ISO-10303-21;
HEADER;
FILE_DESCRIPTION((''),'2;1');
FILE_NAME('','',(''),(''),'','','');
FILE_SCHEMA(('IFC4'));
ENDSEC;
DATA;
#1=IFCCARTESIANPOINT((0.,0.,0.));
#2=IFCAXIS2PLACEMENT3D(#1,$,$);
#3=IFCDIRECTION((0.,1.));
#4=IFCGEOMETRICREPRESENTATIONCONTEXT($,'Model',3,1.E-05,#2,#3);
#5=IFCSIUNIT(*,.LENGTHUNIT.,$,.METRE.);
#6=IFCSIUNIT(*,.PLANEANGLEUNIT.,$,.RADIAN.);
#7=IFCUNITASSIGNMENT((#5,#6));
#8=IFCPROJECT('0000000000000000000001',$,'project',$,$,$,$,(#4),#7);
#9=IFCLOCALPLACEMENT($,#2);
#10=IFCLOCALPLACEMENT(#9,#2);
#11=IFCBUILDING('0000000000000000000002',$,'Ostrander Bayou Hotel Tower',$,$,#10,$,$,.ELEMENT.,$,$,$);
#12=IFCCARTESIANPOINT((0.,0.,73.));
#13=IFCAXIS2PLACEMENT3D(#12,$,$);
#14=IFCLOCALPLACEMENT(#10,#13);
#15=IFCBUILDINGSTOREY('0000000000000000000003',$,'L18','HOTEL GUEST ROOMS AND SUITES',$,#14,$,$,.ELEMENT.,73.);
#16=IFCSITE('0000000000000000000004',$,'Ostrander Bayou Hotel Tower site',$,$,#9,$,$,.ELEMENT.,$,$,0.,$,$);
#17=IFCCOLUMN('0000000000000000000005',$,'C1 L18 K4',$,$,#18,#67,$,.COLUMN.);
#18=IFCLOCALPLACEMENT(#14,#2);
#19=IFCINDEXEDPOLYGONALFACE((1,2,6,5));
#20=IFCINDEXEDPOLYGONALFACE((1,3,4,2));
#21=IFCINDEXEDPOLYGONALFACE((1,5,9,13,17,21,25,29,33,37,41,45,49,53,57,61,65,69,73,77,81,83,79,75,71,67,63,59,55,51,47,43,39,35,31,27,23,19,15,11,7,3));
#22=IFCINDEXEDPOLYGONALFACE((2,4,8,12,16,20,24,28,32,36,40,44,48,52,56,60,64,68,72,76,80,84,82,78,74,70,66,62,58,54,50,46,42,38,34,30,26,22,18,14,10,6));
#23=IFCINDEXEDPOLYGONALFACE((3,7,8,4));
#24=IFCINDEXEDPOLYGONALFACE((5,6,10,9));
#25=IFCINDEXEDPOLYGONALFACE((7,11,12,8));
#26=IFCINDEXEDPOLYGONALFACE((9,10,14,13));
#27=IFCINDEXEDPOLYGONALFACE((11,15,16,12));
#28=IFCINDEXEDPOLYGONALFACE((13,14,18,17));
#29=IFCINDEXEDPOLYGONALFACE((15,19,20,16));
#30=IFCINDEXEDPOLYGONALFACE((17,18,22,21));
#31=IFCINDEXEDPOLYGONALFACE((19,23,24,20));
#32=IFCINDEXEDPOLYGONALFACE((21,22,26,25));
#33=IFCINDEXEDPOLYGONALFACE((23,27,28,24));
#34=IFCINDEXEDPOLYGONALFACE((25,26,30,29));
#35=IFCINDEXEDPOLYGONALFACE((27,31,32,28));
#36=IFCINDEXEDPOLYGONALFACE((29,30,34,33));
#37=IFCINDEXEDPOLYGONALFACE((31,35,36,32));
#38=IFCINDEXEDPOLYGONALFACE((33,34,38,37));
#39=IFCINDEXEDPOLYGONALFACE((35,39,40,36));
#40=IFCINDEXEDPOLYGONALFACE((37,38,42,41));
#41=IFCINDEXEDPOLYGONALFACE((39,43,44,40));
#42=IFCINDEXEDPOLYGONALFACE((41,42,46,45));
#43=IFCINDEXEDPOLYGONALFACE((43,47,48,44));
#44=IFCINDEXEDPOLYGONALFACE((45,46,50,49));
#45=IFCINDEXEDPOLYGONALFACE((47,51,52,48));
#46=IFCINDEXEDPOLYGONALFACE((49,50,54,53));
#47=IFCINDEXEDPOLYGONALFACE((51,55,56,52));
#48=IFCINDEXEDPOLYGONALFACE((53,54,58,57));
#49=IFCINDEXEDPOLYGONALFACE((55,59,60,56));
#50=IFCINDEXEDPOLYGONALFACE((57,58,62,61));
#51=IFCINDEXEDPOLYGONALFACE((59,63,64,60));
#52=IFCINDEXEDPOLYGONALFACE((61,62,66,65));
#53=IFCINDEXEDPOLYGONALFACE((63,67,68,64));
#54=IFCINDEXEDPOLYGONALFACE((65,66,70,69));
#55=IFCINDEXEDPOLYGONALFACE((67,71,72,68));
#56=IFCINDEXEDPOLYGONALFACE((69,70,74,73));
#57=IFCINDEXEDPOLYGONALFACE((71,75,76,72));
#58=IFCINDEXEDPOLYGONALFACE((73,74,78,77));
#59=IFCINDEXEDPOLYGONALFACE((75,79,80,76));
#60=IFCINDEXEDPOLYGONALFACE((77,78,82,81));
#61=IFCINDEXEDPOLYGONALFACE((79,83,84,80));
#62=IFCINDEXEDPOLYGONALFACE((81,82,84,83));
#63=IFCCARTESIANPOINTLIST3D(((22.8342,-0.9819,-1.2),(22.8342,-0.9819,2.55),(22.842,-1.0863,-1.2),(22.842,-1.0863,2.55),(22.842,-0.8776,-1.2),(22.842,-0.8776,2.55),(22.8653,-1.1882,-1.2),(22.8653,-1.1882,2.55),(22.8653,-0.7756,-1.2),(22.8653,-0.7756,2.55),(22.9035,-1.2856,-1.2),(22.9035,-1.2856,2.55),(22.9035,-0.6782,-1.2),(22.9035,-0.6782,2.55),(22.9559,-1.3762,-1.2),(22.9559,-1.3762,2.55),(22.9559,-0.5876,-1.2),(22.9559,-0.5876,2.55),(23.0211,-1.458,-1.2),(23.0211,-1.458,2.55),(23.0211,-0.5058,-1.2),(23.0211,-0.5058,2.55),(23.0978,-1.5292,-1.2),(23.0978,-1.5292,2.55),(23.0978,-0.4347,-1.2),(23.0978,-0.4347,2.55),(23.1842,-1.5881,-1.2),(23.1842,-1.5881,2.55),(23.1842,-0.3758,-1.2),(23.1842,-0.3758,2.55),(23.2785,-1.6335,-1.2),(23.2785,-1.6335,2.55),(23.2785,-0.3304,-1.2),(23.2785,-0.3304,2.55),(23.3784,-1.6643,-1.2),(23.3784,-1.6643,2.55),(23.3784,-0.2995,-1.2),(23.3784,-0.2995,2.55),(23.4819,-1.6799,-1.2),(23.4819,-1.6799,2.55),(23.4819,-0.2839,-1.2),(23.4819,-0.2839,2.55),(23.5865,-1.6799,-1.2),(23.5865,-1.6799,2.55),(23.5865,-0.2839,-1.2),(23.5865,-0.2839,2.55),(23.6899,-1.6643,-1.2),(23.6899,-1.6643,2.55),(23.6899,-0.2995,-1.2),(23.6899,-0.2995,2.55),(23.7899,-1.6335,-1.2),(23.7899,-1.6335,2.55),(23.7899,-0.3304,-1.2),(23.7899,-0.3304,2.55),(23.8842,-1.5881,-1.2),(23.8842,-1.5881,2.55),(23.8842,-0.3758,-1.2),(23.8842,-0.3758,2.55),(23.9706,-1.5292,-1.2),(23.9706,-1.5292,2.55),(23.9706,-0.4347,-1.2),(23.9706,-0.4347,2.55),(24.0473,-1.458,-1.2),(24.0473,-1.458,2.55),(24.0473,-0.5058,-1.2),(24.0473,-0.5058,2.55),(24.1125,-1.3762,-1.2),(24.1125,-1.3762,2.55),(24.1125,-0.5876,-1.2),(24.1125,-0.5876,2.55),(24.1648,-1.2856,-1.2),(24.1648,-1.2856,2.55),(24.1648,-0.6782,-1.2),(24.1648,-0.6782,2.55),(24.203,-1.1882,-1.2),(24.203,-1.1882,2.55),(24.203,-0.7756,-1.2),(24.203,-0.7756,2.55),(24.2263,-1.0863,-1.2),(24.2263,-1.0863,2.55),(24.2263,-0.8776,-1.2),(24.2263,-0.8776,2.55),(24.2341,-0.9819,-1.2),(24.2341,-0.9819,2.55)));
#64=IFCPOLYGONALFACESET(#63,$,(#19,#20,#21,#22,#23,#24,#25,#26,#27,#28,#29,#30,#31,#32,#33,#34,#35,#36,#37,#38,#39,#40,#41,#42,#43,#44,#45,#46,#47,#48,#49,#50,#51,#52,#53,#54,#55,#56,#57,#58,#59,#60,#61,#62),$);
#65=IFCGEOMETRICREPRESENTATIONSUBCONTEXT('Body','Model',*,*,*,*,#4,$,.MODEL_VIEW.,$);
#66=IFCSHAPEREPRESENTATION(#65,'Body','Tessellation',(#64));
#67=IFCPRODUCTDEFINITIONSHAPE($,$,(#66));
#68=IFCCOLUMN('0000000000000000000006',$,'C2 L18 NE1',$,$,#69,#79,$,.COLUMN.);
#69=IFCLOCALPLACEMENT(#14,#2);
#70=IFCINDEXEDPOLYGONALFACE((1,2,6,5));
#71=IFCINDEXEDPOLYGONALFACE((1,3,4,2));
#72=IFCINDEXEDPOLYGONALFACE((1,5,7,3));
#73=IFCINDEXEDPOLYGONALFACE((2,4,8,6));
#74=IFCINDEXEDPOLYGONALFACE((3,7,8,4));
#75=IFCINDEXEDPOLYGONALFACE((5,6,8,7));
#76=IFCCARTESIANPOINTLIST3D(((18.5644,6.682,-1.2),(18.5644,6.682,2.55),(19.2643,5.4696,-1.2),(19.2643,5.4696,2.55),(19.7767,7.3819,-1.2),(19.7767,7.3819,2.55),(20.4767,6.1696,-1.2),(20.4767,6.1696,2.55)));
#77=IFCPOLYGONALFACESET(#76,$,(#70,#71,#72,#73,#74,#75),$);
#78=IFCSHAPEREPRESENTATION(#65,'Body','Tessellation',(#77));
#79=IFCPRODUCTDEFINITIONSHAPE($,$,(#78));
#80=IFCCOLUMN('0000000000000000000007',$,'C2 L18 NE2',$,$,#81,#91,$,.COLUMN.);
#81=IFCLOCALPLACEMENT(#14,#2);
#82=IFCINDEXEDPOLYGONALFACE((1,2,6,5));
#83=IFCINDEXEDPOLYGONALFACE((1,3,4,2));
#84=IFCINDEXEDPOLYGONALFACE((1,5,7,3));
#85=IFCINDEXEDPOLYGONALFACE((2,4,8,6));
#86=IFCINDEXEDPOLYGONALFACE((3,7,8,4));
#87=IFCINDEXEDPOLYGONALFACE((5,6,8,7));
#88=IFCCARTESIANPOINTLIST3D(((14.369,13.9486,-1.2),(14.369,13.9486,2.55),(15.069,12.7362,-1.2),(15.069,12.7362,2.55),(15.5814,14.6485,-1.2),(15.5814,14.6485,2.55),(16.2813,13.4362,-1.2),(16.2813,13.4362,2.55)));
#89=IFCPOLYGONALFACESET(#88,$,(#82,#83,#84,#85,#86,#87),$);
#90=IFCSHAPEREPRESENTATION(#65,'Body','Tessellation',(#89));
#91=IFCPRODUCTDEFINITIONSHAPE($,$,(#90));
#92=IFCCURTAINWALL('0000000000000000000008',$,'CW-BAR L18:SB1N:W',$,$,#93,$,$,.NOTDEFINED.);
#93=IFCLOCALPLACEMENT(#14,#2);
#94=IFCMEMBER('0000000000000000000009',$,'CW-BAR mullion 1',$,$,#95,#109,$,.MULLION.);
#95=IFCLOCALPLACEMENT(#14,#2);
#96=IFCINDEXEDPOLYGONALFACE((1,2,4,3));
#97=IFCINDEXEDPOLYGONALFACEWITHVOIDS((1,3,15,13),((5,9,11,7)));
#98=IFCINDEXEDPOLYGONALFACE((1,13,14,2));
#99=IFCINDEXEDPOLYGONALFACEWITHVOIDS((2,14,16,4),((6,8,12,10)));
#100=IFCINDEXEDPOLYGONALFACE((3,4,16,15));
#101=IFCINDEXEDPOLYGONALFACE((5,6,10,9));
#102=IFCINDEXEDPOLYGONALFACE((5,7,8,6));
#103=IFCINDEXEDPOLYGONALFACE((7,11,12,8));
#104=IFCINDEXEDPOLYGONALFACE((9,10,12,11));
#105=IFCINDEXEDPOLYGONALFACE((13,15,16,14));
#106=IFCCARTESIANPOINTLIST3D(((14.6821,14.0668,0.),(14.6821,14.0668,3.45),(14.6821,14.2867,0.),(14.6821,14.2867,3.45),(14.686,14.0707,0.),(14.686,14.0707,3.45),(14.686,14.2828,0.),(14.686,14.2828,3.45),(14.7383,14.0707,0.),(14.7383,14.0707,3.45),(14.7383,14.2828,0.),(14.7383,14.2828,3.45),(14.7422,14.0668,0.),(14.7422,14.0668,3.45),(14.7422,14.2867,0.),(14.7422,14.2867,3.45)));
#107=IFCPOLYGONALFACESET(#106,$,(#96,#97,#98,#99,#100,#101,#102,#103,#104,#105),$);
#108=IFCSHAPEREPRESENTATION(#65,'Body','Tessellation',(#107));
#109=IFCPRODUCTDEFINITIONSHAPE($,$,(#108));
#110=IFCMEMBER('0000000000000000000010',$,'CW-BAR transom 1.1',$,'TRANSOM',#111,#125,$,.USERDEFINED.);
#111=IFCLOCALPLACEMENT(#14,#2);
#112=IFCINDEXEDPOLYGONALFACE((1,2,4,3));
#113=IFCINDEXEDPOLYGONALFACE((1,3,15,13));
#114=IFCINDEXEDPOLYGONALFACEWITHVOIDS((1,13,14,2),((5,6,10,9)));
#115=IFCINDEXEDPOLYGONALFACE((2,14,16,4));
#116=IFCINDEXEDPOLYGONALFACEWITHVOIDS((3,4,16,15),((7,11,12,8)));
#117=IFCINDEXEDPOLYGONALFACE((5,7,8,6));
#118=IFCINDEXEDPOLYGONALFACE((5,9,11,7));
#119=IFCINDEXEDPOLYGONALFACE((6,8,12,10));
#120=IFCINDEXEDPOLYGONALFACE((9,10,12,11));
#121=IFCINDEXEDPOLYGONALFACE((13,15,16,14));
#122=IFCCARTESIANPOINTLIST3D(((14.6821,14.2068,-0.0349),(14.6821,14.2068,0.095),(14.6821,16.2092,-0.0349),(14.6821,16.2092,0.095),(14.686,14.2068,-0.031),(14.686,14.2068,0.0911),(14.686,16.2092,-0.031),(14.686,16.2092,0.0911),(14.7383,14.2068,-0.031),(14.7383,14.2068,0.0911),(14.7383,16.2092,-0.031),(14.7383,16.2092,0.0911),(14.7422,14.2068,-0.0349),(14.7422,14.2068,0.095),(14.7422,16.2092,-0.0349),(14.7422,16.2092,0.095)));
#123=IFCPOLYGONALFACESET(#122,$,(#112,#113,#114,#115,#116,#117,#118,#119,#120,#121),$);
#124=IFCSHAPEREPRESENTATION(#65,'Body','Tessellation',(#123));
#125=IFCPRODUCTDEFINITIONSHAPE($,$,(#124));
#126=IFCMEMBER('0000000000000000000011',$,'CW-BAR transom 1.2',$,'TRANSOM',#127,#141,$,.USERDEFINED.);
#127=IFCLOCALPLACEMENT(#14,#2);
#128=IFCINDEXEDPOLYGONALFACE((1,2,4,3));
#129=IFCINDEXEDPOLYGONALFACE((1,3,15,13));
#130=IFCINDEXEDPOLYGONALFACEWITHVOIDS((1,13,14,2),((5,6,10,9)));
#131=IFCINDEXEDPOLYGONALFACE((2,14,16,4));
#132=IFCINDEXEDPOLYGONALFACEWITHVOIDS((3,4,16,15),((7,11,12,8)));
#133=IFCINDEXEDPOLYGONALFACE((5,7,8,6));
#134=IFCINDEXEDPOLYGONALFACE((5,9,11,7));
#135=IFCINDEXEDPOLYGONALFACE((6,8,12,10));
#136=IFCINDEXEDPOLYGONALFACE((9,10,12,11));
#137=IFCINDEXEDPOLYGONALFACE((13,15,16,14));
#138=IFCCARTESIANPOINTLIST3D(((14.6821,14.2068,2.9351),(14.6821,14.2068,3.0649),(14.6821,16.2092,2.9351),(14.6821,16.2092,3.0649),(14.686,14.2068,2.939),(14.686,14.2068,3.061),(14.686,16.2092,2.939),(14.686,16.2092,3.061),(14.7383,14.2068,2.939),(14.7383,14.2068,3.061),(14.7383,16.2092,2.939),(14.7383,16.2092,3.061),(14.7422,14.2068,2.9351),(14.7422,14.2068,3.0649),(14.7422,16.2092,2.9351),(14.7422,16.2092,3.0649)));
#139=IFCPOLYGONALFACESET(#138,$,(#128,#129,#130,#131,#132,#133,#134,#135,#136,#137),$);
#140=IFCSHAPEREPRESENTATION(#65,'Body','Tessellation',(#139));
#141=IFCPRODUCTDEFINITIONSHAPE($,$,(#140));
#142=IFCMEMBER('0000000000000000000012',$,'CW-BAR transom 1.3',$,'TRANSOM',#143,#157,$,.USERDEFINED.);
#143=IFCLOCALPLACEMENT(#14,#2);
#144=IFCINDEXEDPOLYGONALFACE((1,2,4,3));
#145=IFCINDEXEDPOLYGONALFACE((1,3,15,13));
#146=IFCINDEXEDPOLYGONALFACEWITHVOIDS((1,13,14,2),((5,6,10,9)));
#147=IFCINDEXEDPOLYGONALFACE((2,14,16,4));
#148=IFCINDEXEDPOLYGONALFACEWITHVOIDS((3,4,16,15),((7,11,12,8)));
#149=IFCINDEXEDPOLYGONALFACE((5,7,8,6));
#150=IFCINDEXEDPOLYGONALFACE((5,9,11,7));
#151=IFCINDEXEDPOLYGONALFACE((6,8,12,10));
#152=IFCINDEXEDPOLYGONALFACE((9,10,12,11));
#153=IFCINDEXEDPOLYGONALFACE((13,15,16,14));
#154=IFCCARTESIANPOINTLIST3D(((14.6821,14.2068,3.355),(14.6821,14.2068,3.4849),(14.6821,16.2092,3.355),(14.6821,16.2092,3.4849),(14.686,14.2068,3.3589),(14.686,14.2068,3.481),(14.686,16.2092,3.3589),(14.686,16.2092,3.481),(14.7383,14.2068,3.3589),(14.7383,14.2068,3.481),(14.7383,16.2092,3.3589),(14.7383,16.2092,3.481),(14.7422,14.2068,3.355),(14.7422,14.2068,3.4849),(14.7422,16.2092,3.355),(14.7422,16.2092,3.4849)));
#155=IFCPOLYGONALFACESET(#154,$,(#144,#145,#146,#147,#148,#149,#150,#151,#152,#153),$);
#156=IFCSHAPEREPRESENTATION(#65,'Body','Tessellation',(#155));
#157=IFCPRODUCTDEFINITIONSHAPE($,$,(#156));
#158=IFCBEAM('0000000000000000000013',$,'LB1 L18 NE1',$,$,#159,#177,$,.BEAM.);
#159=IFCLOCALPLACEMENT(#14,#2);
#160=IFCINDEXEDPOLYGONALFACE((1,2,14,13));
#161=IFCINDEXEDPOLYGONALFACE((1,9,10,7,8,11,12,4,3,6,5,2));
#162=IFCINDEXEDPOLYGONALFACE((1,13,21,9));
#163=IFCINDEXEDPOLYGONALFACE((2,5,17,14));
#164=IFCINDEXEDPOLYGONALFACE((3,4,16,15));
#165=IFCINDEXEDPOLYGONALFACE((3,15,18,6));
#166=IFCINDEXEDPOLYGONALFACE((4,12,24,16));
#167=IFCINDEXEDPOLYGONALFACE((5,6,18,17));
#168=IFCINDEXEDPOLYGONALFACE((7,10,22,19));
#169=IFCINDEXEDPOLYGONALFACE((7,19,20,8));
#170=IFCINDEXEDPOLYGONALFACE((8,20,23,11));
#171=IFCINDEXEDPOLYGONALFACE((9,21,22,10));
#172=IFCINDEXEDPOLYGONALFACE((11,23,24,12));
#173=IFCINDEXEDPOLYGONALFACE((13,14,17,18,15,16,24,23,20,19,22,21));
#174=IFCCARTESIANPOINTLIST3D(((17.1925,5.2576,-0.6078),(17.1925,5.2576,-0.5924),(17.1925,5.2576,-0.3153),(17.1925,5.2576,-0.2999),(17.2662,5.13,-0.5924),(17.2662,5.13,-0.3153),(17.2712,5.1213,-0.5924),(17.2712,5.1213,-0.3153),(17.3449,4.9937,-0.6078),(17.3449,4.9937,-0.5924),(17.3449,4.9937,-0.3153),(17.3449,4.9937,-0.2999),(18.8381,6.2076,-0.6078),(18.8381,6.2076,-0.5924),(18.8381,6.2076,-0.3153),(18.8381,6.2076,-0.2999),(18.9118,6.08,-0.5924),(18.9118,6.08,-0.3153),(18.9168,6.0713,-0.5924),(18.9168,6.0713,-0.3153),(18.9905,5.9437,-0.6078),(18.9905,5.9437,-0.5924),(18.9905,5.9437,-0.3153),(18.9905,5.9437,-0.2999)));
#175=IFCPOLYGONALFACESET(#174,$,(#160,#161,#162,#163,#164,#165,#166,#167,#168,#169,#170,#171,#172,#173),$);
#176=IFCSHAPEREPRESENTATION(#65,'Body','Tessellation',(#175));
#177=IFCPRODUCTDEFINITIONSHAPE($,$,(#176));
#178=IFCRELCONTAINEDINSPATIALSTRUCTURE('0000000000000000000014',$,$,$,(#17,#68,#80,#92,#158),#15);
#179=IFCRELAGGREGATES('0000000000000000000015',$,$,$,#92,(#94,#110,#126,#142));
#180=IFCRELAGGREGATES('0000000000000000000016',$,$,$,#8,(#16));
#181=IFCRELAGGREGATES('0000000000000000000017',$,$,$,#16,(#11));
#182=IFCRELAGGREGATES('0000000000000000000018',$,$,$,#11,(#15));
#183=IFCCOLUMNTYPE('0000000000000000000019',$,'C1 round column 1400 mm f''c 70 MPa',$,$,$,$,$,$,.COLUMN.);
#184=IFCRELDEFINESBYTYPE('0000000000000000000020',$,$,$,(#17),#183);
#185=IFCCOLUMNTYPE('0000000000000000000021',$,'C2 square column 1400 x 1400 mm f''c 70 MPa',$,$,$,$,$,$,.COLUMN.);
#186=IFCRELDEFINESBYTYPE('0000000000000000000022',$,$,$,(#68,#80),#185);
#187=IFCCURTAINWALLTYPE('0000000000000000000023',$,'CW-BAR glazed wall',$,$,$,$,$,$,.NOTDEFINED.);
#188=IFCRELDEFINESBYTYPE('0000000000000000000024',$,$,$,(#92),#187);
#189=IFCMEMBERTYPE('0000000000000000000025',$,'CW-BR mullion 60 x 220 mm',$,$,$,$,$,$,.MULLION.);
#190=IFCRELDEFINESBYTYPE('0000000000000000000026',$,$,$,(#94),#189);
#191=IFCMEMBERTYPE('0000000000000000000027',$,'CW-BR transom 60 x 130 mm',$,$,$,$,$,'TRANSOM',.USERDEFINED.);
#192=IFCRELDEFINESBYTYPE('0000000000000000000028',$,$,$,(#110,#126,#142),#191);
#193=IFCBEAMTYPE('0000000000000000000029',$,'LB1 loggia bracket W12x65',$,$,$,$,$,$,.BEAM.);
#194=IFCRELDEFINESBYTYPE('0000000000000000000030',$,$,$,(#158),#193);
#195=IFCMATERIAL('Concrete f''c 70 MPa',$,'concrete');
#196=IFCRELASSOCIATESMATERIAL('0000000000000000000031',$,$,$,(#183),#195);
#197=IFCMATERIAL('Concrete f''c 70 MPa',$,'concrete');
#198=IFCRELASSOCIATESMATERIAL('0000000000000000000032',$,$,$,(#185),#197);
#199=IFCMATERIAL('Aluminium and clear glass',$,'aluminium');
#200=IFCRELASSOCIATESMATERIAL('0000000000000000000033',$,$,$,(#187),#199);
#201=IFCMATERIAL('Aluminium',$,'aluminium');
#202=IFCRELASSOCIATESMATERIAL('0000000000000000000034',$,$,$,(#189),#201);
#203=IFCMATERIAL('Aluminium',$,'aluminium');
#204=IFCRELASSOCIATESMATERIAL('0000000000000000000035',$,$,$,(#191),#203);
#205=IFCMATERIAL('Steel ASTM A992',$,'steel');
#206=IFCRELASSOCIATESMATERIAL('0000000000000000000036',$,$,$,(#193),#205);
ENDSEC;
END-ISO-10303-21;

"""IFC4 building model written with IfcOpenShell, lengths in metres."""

from ifc_helpers import new_model, si_unit, direction, frame, origin, origin_2d, place, context, subcontext, project, spatial, rectangle, hollow_rectangle, circle, i_section, extrude, material, material_profile, profile_set, type_object, element, aggregate, save


model = new_model("IFC4")

# Units and contexts
model_context = context("Model", 3, precision=1e-05, world=origin(), true_north=direction((0.0, 1.0)))
body_context = subcontext(model_context, "Body", "Model", "MODEL_VIEW")
ifc_project = project(units=[si_unit("LENGTHUNIT", "METRE"), si_unit("PLANEANGLEUNIT", "RADIAN")], contexts=[model_context])

# Site, building, storey
site_placement = place(None, origin())
site = spatial("IfcSite", under=ifc_project, at=site_placement, Name="Ostrander Bayou Hotel Tower site", CompositionType="ELEMENT", RefElevation=0.0)
building_placement = place(site_placement, origin())
building = spatial("IfcBuilding", under=site, at=building_placement, Name="Ostrander Bayou Hotel Tower", CompositionType="ELEMENT")
storey_placement = place(building_placement, frame((0.0, 0.0, 73.0)))
storey = spatial("IfcBuildingStorey", under=building, at=storey_placement, Name="L18", Description="HOTEL GUEST ROOMS AND SUITES", CompositionType="ELEMENT", Elevation=73.0)

# Columns
ifc_material_1 = material(Name="Concrete f'c 70 MPa", Category="concrete")
ifc_material_profile_1 = material_profile(ifc_material_1, circle(Radius=0.7, at=origin_2d()))
ifc_profile_set_1 = profile_set([ifc_material_profile_1], Name="Concrete f'c 70 MPa")
column_type_1 = type_object("IfcColumnType", Name="C1 round column 1400 mm f'c 70 MPa", PredefinedType="COLUMN", material=ifc_profile_set_1)
column_placement = place(storey_placement, frame((23.5342, -0.9819, -1.2), z_axis=(0.0, 0.0, 1.0), x_axis=(1.0, 0.0, 0.0)))
element("IfcColumn", 1, at=column_placement, inside=storey, type_object=column_type_1, Name="C1 L18 K4", PredefinedType="COLUMN", context=body_context, shape_type="SweptSolid", body=[
    extrude(circle(Radius=0.7, at=origin_2d()), origin(), (0.0, 0.0, 1.0), 3.75),
])
ifc_material_2 = material(Name="Concrete f'c 70 MPa", Category="concrete")
ifc_material_profile_2 = material_profile(ifc_material_2, rectangle(XDim=1.3999, YDim=1.3999, at=origin_2d()))
ifc_profile_set_2 = profile_set([ifc_material_profile_2], Name="Concrete f'c 70 MPa")
column_type_2 = type_object("IfcColumnType", Name="C2 square column 1400 x 1400 mm f'c 70 MPa", PredefinedType="COLUMN", material=ifc_profile_set_2)
for number, where, z_axis, x_axis, name in (
    (2, (19.5205, 6.4258, -1.2), (0.0, 0.0, 1.0), (0.5, -0.866025, 0.0), "C2 L18 NE1"),
    (3, (15.3252, 13.6924, -1.2), (0.0, 0.0, 1.0), (0.5, -0.866025, 0.0), "C2 L18 NE2"),
):
    element("IfcColumn", number, at=place(storey_placement, frame(where, z_axis=z_axis, x_axis=x_axis)), inside=storey, type_object=column_type_2, Name=name, PredefinedType="COLUMN", context=body_context, shape_type="SweptSolid", body=[
        extrude(rectangle(XDim=1.3999, YDim=1.3999, at=origin_2d()), origin(), (0.0, 0.0, 1.0), 3.75),
    ])

# Curtain wall, members
ifc_material_3 = material(Name="Aluminium and clear glass", Category="aluminium")
curtain_wall_type = type_object("IfcCurtainWallType", Name="CW-BAR glazed wall", PredefinedType="NOTDEFINED", material=ifc_material_3)
curtain_wall_placement = place(storey_placement, origin())
curtain_wall = element("IfcCurtainWall", 4, at=curtain_wall_placement, inside=storey, type_object=curtain_wall_type, Name="CW-BAR L18:SB1N:W", PredefinedType="NOTDEFINED")
ifc_material_4 = material(Name="Aluminium", Category="aluminium")
ifc_material_profile_3 = material_profile(ifc_material_4, hollow_rectangle(XDim=0.0601, YDim=0.22, WallThickness=0.0039, at=origin_2d()))
ifc_profile_set_3 = profile_set([ifc_material_profile_3], Name="Aluminium")
member_type_1 = type_object("IfcMemberType", Name="CW-BR mullion 60 x 220 mm", PredefinedType="MULLION", material=ifc_profile_set_3)
member_1_placement = place(storey_placement, frame((14.7122, 14.1768, 0.0), z_axis=(0.0, 0.0, 1.0), x_axis=(-1.0, 0.0, 0.0)))
member_1 = element("IfcMember", 5, at=member_1_placement, type_object=member_type_1, Name="CW-BAR mullion 1", PredefinedType="MULLION", context=body_context, shape_type="SweptSolid", body=[
    extrude(hollow_rectangle(XDim=0.0601, YDim=0.22, WallThickness=0.0039, at=origin_2d()), origin(), (0.0, 0.0, 1.0), 3.45),
])
ifc_material_5 = material(Name="Aluminium", Category="aluminium")
ifc_material_profile_4 = material_profile(ifc_material_5, hollow_rectangle(XDim=0.0601, YDim=0.1299, WallThickness=0.0039, at=origin_2d()))
ifc_profile_set_4 = profile_set([ifc_material_profile_4], Name="Aluminium")
member_type_2 = type_object("IfcMemberType", Name="CW-BR transom 60 x 130 mm", ElementType="TRANSOM", PredefinedType="USERDEFINED", material=ifc_profile_set_4)
member_2_placement = place(storey_placement, frame((14.7122, 14.2068, 0.03), z_axis=(0.0, 1.0, 0.0), x_axis=(-1.0, 0.0, 0.0)))
member_2 = element("IfcMember", 6, at=member_2_placement, type_object=member_type_2, Name="CW-BAR transom 1.1", ObjectType="TRANSOM", PredefinedType="USERDEFINED", context=body_context, shape_type="SweptSolid", body=[
    extrude(hollow_rectangle(XDim=0.0601, YDim=0.1299, WallThickness=0.0039, at=origin_2d()), origin(), (0.0, 0.0, 1.0), 2.0024),
])
member_3_placement = place(storey_placement, frame((14.7122, 14.2068, 3.0), z_axis=(0.0, 1.0, 0.0), x_axis=(-1.0, 0.0, 0.0)))
member_3 = element("IfcMember", 7, at=member_3_placement, type_object=member_type_2, Name="CW-BAR transom 1.2", ObjectType="TRANSOM", PredefinedType="USERDEFINED", context=body_context, shape_type="SweptSolid", body=[
    extrude(hollow_rectangle(XDim=0.0601, YDim=0.1299, WallThickness=0.0039, at=origin_2d()), origin(), (0.0, 0.0, 1.0), 2.0024),
])
member_4_placement = place(storey_placement, frame((14.7122, 14.2068, 3.4199), z_axis=(0.0, 1.0, 0.0), x_axis=(-1.0, 0.0, 0.0)))
member_4 = element("IfcMember", 8, at=member_4_placement, type_object=member_type_2, Name="CW-BAR transom 1.3", ObjectType="TRANSOM", PredefinedType="USERDEFINED", context=body_context, shape_type="SweptSolid", body=[
    extrude(hollow_rectangle(XDim=0.0601, YDim=0.1299, WallThickness=0.0039, at=origin_2d()), origin(), (0.0, 0.0, 1.0), 2.0024),
])
aggregate(curtain_wall, [member_1, member_2, member_3, member_4])

# Beam
ifc_material_6 = material(Name="Steel ASTM A992", Category="steel")
ifc_material_profile_5 = material_profile(ifc_material_6, i_section(OverallWidth=0.3047, OverallDepth=0.3079, WebThickness=0.01, FlangeThickness=0.0154, at=origin_2d()))
ifc_profile_set_5 = profile_set([ifc_material_profile_5], Name="Steel ASTM A992")
beam_type_1 = type_object("IfcBeamType", Name="LB1 loggia bracket W12x65", PredefinedType="BEAM", material=ifc_profile_set_5)
for number, where, z_axis, x_axis, name in (
    (9, (18.9143, 6.0757, -0.4539), (-0.866044, -0.499967, 0.0), (0.499967, -0.866044, 0.0), "LB1 L18 NE1"),
):
    element("IfcBeam", number, at=place(storey_placement, frame(where, z_axis=z_axis, x_axis=x_axis)), inside=storey, type_object=beam_type_1, Name=name, PredefinedType="BEAM", context=body_context, shape_type="SweptSolid", body=[
        extrude(i_section(OverallWidth=0.3047, OverallDepth=0.3079, WebThickness=0.01, FlangeThickness=0.0154, at=origin_2d()), origin(), (0.0, 0.0, 1.0), 1.9001),
    ])

save(model, "model.ifc")
